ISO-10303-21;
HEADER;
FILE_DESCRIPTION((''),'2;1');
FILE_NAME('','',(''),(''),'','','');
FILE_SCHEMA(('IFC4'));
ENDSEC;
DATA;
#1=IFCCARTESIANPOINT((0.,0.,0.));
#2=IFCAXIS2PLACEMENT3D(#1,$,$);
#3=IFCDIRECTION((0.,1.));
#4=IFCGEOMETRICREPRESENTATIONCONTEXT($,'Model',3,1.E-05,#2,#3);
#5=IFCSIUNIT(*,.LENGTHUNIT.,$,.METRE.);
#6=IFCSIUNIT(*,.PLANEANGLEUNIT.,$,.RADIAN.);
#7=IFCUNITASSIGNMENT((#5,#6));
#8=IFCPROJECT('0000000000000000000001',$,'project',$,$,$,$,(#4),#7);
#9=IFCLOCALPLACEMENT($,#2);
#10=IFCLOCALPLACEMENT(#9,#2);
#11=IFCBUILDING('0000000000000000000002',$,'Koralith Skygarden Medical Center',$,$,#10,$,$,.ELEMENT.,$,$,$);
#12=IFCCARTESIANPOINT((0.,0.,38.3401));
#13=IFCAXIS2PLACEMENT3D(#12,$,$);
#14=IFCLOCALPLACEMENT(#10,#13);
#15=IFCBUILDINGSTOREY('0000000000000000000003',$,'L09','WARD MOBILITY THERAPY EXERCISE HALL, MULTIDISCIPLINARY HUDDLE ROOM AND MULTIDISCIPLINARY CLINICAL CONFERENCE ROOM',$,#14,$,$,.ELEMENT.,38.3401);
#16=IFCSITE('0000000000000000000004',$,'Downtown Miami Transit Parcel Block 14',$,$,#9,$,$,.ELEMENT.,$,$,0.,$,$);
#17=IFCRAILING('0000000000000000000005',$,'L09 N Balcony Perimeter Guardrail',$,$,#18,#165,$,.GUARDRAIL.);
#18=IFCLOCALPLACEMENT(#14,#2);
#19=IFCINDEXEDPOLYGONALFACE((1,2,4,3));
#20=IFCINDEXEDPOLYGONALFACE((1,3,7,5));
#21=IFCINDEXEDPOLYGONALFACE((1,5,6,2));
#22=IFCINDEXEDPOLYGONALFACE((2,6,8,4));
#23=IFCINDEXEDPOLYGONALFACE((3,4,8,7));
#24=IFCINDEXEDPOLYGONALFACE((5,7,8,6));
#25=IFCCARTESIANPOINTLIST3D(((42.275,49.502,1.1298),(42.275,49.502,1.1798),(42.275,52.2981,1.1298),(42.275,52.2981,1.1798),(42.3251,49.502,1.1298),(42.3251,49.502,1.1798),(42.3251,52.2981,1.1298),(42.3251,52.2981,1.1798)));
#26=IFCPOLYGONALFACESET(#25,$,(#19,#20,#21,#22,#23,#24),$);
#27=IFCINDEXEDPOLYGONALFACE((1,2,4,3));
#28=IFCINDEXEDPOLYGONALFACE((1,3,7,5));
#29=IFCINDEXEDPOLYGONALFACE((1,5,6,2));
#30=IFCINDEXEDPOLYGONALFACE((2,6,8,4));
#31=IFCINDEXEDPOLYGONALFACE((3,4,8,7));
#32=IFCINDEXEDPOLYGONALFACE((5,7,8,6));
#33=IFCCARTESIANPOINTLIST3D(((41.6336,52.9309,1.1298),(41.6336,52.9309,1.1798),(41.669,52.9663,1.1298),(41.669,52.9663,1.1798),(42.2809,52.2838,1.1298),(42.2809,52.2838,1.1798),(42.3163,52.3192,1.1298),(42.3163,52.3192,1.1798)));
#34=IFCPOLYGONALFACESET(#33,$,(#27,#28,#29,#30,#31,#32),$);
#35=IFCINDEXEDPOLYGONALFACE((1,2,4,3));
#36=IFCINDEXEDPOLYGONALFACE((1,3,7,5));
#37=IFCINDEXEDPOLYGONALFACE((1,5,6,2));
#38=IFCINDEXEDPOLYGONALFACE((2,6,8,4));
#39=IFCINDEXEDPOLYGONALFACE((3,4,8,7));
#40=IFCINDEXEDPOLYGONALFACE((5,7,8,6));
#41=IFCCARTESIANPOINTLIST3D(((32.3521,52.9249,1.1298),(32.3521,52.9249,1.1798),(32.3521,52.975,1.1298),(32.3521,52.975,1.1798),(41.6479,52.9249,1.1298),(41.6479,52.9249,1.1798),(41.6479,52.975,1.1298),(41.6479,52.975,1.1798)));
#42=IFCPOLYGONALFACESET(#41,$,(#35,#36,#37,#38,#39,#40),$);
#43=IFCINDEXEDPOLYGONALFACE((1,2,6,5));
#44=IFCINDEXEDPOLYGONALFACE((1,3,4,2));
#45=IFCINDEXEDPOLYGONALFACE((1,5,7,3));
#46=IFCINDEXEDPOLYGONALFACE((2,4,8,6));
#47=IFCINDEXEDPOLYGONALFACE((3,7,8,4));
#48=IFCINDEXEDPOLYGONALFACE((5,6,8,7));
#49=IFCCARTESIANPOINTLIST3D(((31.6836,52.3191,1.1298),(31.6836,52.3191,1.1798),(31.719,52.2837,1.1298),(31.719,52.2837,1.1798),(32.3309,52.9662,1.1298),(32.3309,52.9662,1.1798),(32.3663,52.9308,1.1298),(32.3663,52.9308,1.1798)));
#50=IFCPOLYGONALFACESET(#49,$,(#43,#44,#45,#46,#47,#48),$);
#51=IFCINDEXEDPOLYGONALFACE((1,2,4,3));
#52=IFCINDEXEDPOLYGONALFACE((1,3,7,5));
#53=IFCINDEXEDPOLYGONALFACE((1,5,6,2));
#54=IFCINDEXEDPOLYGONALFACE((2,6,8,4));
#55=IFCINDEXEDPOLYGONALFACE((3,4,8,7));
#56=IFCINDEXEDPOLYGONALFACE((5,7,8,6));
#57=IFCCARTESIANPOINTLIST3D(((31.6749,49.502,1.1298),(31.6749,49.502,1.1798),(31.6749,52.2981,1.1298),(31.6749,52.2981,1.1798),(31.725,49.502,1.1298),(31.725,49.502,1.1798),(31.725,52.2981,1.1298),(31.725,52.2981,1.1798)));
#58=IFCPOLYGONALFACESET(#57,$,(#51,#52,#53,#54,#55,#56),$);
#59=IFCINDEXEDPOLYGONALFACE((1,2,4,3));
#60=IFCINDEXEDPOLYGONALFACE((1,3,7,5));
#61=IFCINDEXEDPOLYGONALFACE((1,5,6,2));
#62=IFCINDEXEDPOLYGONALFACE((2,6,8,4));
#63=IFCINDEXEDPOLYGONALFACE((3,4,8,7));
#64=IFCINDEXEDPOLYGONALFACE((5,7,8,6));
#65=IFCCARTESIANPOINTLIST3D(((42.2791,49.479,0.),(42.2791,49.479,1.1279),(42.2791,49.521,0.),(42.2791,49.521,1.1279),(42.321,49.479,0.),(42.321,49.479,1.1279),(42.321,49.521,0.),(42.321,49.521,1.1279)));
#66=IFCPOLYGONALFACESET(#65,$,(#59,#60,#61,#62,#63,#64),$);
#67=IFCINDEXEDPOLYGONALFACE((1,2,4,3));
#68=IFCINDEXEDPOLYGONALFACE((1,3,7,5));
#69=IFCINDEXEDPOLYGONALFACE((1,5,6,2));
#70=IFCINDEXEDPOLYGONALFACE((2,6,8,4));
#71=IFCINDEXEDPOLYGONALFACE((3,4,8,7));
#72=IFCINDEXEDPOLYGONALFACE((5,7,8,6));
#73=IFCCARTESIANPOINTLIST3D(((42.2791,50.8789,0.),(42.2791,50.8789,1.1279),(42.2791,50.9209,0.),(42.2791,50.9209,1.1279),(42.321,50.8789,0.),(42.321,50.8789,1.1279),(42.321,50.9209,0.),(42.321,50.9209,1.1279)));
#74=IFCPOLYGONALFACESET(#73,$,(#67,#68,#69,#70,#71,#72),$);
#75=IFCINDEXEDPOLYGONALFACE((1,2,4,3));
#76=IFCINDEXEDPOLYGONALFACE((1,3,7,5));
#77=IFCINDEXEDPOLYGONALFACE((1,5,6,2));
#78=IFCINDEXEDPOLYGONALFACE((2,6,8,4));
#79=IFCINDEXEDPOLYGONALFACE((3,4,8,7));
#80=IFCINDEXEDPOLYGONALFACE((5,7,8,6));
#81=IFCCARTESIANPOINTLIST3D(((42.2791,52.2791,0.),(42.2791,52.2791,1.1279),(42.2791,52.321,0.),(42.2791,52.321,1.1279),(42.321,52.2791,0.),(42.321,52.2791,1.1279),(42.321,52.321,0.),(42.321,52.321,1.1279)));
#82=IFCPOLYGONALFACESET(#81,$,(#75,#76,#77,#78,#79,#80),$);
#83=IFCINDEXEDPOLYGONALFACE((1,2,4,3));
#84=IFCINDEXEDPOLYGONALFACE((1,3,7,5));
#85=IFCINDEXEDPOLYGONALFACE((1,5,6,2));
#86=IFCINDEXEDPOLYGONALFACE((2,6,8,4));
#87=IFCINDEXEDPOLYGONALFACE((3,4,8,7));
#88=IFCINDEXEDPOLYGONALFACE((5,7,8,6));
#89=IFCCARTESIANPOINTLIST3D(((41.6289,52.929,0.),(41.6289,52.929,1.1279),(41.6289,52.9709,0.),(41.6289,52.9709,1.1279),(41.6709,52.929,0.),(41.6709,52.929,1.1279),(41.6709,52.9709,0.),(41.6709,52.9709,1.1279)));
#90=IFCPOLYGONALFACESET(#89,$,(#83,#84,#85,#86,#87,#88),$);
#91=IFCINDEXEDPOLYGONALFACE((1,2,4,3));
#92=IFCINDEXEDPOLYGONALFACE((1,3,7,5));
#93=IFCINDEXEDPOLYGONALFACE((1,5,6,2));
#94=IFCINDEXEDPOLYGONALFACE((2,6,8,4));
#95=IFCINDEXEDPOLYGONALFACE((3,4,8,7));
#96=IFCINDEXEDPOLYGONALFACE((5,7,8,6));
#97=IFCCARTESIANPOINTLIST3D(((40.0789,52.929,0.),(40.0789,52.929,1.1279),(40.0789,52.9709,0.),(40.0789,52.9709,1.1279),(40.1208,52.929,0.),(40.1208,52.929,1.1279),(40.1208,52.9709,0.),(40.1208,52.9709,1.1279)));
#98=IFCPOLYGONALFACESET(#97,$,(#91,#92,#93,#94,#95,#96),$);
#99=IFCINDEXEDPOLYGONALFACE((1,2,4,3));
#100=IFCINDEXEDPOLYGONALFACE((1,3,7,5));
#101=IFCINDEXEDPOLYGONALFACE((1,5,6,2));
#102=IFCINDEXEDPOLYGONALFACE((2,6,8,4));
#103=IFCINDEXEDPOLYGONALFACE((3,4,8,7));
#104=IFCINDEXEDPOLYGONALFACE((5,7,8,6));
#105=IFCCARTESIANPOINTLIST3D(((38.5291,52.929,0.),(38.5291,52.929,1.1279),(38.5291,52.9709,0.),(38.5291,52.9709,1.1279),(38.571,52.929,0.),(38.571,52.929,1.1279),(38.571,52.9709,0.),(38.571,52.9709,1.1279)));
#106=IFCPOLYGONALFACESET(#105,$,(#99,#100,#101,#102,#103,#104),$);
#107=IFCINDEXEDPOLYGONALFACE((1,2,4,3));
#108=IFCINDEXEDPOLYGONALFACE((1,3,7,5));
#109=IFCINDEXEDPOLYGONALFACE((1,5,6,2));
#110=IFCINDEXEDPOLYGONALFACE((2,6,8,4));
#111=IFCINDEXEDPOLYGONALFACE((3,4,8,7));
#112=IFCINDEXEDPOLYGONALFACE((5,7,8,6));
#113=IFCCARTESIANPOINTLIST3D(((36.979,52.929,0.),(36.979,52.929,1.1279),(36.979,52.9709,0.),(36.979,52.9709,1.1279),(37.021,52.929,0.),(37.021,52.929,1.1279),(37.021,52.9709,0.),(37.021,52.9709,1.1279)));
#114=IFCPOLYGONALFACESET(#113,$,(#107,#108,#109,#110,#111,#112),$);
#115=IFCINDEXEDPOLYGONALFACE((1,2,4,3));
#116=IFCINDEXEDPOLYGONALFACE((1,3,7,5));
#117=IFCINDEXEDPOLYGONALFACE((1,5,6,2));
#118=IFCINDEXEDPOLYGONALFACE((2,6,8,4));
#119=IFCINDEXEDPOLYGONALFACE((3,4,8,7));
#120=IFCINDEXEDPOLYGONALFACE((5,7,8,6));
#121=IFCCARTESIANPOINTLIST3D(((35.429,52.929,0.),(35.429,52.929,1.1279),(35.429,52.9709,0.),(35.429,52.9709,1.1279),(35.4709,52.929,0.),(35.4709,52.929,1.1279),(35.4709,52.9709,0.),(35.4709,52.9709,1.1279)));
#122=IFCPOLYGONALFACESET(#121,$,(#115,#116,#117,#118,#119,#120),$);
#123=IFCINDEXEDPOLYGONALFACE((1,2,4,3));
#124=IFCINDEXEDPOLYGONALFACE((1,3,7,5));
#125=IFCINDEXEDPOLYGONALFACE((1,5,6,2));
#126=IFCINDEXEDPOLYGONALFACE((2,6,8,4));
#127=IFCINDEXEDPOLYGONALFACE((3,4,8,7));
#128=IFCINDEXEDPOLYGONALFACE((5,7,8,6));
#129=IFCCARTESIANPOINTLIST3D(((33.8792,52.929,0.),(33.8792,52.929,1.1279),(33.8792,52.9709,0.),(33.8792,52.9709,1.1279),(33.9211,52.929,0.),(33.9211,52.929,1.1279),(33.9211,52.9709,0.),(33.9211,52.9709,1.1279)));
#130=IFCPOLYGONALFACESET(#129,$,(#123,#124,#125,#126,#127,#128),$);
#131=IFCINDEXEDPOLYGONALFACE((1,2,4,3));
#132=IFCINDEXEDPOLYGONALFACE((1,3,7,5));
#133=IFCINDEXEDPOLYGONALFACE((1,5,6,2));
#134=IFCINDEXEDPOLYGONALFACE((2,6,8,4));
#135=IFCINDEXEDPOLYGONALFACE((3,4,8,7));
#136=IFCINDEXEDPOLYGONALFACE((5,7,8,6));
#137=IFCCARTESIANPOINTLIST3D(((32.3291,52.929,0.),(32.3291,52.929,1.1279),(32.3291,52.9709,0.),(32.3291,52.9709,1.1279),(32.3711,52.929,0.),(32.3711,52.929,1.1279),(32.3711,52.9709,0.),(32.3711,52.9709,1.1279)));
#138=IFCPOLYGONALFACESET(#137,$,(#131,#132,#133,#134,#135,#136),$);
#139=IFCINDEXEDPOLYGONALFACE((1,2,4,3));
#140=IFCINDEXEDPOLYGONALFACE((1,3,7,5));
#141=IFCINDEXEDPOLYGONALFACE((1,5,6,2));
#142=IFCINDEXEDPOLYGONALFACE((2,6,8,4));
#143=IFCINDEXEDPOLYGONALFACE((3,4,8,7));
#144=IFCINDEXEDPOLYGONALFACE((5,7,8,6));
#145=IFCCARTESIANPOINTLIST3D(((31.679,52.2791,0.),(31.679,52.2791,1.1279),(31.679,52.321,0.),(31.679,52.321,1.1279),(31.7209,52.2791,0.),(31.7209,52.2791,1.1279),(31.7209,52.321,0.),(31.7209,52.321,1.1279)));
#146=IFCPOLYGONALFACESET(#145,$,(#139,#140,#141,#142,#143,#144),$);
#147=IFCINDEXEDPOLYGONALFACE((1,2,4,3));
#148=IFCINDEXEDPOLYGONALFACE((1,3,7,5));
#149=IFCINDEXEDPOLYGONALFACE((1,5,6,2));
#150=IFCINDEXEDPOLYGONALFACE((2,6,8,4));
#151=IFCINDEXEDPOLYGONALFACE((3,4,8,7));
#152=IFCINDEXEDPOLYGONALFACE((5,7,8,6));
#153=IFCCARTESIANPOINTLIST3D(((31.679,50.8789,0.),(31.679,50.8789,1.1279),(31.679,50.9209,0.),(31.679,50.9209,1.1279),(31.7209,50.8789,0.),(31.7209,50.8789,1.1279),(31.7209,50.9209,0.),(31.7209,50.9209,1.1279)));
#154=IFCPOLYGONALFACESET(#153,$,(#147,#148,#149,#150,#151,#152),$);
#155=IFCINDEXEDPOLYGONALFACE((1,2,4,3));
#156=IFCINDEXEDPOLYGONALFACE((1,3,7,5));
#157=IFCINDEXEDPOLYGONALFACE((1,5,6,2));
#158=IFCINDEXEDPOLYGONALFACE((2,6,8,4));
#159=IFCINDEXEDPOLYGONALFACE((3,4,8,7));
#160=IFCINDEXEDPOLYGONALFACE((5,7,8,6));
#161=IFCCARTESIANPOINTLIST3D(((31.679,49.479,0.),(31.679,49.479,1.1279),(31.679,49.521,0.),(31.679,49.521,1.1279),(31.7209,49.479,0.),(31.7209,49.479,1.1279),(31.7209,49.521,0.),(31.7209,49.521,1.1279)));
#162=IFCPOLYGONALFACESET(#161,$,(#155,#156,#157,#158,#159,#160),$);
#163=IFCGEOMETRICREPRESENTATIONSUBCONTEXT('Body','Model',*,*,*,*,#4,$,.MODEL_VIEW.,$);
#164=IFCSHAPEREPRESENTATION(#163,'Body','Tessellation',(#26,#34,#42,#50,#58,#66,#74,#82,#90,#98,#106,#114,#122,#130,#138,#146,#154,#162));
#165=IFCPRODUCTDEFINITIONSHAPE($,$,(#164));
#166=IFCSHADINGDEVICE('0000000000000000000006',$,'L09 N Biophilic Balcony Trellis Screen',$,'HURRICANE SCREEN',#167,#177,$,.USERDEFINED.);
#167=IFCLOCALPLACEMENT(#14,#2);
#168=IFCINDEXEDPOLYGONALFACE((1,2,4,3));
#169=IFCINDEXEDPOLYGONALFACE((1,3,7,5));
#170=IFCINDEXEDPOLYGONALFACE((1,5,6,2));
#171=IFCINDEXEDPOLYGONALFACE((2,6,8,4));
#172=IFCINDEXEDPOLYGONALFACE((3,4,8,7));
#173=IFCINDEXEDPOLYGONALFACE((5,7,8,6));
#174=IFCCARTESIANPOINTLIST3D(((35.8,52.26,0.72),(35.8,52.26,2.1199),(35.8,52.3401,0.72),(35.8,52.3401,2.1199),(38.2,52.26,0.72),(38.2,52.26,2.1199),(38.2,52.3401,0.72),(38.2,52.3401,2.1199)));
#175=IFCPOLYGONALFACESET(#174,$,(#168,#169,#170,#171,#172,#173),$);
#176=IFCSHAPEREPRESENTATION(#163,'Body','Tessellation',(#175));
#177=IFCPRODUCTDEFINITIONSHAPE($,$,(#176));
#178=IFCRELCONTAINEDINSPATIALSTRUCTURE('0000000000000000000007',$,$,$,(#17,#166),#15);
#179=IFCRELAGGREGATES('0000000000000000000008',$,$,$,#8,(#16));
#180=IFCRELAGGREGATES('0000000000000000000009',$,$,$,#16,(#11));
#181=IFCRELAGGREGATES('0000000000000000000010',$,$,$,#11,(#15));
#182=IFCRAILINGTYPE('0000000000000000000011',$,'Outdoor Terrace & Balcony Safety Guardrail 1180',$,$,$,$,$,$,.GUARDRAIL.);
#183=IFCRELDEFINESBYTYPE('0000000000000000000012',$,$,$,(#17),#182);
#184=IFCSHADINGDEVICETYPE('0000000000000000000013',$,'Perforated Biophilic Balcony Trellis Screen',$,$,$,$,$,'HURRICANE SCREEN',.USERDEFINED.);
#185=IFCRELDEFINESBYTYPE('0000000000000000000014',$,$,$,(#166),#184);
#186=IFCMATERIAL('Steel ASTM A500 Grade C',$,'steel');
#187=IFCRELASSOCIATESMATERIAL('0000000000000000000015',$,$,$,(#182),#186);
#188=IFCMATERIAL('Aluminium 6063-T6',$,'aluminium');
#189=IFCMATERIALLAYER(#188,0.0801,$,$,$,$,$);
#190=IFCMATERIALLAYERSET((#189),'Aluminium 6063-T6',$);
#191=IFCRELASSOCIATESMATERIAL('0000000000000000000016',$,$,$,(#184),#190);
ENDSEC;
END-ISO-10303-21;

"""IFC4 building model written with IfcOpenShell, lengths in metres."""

from ifc_helpers import new_model, si_unit, direction, frame, origin, origin_2d, place, context, subcontext, project, spatial, rectangle, extrude, material, layer, layer_set, type_object, element, save


model = new_model("IFC4")

# Units and contexts
model_context = context("Model", 3, precision=1e-05, world=origin(), true_north=direction((0.0, 1.0)))
body_context = subcontext(model_context, "Body", "Model", "MODEL_VIEW")
ifc_project = project(units=[si_unit("LENGTHUNIT", "METRE"), si_unit("PLANEANGLEUNIT", "RADIAN")], contexts=[model_context])

# Site, building, storey
site_placement = place(None, origin())
site = spatial("IfcSite", under=ifc_project, at=site_placement, Name="Downtown Miami Transit Parcel Block 14", CompositionType="ELEMENT", RefElevation=0.0)
building_placement = place(site_placement, origin())
building = spatial("IfcBuilding", under=site, at=building_placement, Name="Koralith Skygarden Medical Center", CompositionType="ELEMENT")
storey_placement = place(building_placement, frame((0.0, 0.0, 38.3401)))
storey = spatial("IfcBuildingStorey", under=building, at=storey_placement, Name="L09", Description="WARD MOBILITY THERAPY EXERCISE HALL, MULTIDISCIPLINARY HUDDLE ROOM AND MULTIDISCIPLINARY CLINICAL CONFERENCE ROOM", CompositionType="ELEMENT", Elevation=38.3401)

# Shared definitions
ifc_material_1 = material(Name="Aluminium 6063-T6", Category="aluminium")

# Shared definitions
ifc_material_2 = material(Name="Steel ASTM A500 Grade C", Category="steel")

# Railing
railing_type = type_object("IfcRailingType", Name="Outdoor Terrace & Balcony Safety Guardrail 1180", PredefinedType="GUARDRAIL", material=ifc_material_2)
railing_placement = place(storey_placement, frame((42.3, 49.5, 0.0)))
element("IfcRailing", 1, at=railing_placement, inside=storey, type_object=railing_type, Name="L09 N Balcony Perimeter Guardrail", PredefinedType="GUARDRAIL", context=body_context, shape_type="SweptSolid", body=[
    extrude(rectangle(XDim=0.05, YDim=0.05, at=origin_2d()), frame((0.0, 0.002, 1.1548), z_axis=(0.0, 1.0, 0.0), x_axis=(-1.0, 0.0, 0.0)), (0.0, 0.0, 1.0), 2.7961),
    extrude(rectangle(XDim=0.05, YDim=0.05, at=origin_2d()), frame((-0.0015, 2.8015, 1.1548), z_axis=(-0.70724, 0.706974, 0.0), x_axis=(-0.706974, -0.70724, 0.0)), (0.0, 0.0, 1.0), 0.9153),
    extrude(rectangle(XDim=0.05, YDim=0.05, at=origin_2d()), frame((-0.6521, 3.45, 1.1548), z_axis=(-1.0, 0.0, 0.0), x_axis=(0.0, -1.0, 0.0)), (0.0, 0.0, 1.0), 9.2959),
    extrude(rectangle(XDim=0.05, YDim=0.05, at=origin_2d()), frame((-9.9514, 3.4485, 1.1548), z_axis=(-0.70724, -0.706974, 0.0), x_axis=(0.706974, -0.70724, 0.0)), (0.0, 0.0, 1.0), 0.9153),
    extrude(rectangle(XDim=0.05, YDim=0.05, at=origin_2d()), frame((-10.6001, 2.7981, 1.1548), z_axis=(0.0, -1.0, 0.0), x_axis=(1.0, 0.0, 0.0)), (0.0, 0.0, 1.0), 2.7961),
    extrude(rectangle(XDim=0.042, YDim=0.042, at=origin_2d()), origin(), (0.0, 0.0, 1.0), 1.1279),
    extrude(rectangle(XDim=0.042, YDim=0.042, at=origin_2d()), frame((0.0, 1.3999, 0.0)), (0.0, 0.0, 1.0), 1.1279),
    extrude(rectangle(XDim=0.042, YDim=0.042, at=origin_2d()), frame((0.0, 2.8, 0.0)), (0.0, 0.0, 1.0), 1.1279),
    extrude(rectangle(XDim=0.042, YDim=0.042, at=origin_2d()), frame((-0.6501, 3.45, 0.0)), (0.0, 0.0, 1.0), 1.1279),
    extrude(rectangle(XDim=0.042, YDim=0.042, at=origin_2d()), frame((-2.2002, 3.45, 0.0)), (0.0, 0.0, 1.0), 1.1279),
    extrude(rectangle(XDim=0.042, YDim=0.042, at=origin_2d()), frame((-3.75, 3.45, 0.0)), (0.0, 0.0, 1.0), 1.1279),
    extrude(rectangle(XDim=0.042, YDim=0.042, at=origin_2d()), frame((-5.3, 3.45, 0.0)), (0.0, 0.0, 1.0), 1.1279),
    extrude(rectangle(XDim=0.042, YDim=0.042, at=origin_2d()), frame((-6.8501, 3.45, 0.0)), (0.0, 0.0, 1.0), 1.1279),
    extrude(rectangle(XDim=0.042, YDim=0.042, at=origin_2d()), frame((-8.3999, 3.45, 0.0)), (0.0, 0.0, 1.0), 1.1279),
    extrude(rectangle(XDim=0.042, YDim=0.042, at=origin_2d()), frame((-9.95, 3.45, 0.0)), (0.0, 0.0, 1.0), 1.1279),
    extrude(rectangle(XDim=0.042, YDim=0.042, at=origin_2d()), frame((-10.6001, 2.8, 0.0)), (0.0, 0.0, 1.0), 1.1279),
    extrude(rectangle(XDim=0.042, YDim=0.042, at=origin_2d()), frame((-10.6001, 1.3999, 0.0)), (0.0, 0.0, 1.0), 1.1279),
    extrude(rectangle(XDim=0.042, YDim=0.042, at=origin_2d()), frame((-10.6001, 0.0, 0.0)), (0.0, 0.0, 1.0), 1.1279),
])

# Shading device
ifc_layer_1 = layer(ifc_material_1, 0.0801)
ifc_layer_set_1 = layer_set([ifc_layer_1], Name="Aluminium 6063-T6")
shading_device_type = type_object("IfcShadingDeviceType", Name="Perforated Biophilic Balcony Trellis Screen", ElementType="HURRICANE SCREEN", PredefinedType="USERDEFINED", material=ifc_layer_set_1)
shading_device_placement = place(storey_placement, frame((37.0, 52.3, 0.72), z_axis=(0.0, 0.0, 1.0), x_axis=(1.0, 0.0, 0.0)))
element("IfcShadingDevice", 2, at=shading_device_placement, inside=storey, type_object=shading_device_type, Name="L09 N Biophilic Balcony Trellis Screen", ObjectType="HURRICANE SCREEN", PredefinedType="USERDEFINED", context=body_context, shape_type="SweptSolid", body=[
    extrude(rectangle(XDim=2.3999, YDim=0.0801, at=origin_2d()), origin(), (0.0, 0.0, 1.0), 1.3999),
])

save(model, "model.ifc")
